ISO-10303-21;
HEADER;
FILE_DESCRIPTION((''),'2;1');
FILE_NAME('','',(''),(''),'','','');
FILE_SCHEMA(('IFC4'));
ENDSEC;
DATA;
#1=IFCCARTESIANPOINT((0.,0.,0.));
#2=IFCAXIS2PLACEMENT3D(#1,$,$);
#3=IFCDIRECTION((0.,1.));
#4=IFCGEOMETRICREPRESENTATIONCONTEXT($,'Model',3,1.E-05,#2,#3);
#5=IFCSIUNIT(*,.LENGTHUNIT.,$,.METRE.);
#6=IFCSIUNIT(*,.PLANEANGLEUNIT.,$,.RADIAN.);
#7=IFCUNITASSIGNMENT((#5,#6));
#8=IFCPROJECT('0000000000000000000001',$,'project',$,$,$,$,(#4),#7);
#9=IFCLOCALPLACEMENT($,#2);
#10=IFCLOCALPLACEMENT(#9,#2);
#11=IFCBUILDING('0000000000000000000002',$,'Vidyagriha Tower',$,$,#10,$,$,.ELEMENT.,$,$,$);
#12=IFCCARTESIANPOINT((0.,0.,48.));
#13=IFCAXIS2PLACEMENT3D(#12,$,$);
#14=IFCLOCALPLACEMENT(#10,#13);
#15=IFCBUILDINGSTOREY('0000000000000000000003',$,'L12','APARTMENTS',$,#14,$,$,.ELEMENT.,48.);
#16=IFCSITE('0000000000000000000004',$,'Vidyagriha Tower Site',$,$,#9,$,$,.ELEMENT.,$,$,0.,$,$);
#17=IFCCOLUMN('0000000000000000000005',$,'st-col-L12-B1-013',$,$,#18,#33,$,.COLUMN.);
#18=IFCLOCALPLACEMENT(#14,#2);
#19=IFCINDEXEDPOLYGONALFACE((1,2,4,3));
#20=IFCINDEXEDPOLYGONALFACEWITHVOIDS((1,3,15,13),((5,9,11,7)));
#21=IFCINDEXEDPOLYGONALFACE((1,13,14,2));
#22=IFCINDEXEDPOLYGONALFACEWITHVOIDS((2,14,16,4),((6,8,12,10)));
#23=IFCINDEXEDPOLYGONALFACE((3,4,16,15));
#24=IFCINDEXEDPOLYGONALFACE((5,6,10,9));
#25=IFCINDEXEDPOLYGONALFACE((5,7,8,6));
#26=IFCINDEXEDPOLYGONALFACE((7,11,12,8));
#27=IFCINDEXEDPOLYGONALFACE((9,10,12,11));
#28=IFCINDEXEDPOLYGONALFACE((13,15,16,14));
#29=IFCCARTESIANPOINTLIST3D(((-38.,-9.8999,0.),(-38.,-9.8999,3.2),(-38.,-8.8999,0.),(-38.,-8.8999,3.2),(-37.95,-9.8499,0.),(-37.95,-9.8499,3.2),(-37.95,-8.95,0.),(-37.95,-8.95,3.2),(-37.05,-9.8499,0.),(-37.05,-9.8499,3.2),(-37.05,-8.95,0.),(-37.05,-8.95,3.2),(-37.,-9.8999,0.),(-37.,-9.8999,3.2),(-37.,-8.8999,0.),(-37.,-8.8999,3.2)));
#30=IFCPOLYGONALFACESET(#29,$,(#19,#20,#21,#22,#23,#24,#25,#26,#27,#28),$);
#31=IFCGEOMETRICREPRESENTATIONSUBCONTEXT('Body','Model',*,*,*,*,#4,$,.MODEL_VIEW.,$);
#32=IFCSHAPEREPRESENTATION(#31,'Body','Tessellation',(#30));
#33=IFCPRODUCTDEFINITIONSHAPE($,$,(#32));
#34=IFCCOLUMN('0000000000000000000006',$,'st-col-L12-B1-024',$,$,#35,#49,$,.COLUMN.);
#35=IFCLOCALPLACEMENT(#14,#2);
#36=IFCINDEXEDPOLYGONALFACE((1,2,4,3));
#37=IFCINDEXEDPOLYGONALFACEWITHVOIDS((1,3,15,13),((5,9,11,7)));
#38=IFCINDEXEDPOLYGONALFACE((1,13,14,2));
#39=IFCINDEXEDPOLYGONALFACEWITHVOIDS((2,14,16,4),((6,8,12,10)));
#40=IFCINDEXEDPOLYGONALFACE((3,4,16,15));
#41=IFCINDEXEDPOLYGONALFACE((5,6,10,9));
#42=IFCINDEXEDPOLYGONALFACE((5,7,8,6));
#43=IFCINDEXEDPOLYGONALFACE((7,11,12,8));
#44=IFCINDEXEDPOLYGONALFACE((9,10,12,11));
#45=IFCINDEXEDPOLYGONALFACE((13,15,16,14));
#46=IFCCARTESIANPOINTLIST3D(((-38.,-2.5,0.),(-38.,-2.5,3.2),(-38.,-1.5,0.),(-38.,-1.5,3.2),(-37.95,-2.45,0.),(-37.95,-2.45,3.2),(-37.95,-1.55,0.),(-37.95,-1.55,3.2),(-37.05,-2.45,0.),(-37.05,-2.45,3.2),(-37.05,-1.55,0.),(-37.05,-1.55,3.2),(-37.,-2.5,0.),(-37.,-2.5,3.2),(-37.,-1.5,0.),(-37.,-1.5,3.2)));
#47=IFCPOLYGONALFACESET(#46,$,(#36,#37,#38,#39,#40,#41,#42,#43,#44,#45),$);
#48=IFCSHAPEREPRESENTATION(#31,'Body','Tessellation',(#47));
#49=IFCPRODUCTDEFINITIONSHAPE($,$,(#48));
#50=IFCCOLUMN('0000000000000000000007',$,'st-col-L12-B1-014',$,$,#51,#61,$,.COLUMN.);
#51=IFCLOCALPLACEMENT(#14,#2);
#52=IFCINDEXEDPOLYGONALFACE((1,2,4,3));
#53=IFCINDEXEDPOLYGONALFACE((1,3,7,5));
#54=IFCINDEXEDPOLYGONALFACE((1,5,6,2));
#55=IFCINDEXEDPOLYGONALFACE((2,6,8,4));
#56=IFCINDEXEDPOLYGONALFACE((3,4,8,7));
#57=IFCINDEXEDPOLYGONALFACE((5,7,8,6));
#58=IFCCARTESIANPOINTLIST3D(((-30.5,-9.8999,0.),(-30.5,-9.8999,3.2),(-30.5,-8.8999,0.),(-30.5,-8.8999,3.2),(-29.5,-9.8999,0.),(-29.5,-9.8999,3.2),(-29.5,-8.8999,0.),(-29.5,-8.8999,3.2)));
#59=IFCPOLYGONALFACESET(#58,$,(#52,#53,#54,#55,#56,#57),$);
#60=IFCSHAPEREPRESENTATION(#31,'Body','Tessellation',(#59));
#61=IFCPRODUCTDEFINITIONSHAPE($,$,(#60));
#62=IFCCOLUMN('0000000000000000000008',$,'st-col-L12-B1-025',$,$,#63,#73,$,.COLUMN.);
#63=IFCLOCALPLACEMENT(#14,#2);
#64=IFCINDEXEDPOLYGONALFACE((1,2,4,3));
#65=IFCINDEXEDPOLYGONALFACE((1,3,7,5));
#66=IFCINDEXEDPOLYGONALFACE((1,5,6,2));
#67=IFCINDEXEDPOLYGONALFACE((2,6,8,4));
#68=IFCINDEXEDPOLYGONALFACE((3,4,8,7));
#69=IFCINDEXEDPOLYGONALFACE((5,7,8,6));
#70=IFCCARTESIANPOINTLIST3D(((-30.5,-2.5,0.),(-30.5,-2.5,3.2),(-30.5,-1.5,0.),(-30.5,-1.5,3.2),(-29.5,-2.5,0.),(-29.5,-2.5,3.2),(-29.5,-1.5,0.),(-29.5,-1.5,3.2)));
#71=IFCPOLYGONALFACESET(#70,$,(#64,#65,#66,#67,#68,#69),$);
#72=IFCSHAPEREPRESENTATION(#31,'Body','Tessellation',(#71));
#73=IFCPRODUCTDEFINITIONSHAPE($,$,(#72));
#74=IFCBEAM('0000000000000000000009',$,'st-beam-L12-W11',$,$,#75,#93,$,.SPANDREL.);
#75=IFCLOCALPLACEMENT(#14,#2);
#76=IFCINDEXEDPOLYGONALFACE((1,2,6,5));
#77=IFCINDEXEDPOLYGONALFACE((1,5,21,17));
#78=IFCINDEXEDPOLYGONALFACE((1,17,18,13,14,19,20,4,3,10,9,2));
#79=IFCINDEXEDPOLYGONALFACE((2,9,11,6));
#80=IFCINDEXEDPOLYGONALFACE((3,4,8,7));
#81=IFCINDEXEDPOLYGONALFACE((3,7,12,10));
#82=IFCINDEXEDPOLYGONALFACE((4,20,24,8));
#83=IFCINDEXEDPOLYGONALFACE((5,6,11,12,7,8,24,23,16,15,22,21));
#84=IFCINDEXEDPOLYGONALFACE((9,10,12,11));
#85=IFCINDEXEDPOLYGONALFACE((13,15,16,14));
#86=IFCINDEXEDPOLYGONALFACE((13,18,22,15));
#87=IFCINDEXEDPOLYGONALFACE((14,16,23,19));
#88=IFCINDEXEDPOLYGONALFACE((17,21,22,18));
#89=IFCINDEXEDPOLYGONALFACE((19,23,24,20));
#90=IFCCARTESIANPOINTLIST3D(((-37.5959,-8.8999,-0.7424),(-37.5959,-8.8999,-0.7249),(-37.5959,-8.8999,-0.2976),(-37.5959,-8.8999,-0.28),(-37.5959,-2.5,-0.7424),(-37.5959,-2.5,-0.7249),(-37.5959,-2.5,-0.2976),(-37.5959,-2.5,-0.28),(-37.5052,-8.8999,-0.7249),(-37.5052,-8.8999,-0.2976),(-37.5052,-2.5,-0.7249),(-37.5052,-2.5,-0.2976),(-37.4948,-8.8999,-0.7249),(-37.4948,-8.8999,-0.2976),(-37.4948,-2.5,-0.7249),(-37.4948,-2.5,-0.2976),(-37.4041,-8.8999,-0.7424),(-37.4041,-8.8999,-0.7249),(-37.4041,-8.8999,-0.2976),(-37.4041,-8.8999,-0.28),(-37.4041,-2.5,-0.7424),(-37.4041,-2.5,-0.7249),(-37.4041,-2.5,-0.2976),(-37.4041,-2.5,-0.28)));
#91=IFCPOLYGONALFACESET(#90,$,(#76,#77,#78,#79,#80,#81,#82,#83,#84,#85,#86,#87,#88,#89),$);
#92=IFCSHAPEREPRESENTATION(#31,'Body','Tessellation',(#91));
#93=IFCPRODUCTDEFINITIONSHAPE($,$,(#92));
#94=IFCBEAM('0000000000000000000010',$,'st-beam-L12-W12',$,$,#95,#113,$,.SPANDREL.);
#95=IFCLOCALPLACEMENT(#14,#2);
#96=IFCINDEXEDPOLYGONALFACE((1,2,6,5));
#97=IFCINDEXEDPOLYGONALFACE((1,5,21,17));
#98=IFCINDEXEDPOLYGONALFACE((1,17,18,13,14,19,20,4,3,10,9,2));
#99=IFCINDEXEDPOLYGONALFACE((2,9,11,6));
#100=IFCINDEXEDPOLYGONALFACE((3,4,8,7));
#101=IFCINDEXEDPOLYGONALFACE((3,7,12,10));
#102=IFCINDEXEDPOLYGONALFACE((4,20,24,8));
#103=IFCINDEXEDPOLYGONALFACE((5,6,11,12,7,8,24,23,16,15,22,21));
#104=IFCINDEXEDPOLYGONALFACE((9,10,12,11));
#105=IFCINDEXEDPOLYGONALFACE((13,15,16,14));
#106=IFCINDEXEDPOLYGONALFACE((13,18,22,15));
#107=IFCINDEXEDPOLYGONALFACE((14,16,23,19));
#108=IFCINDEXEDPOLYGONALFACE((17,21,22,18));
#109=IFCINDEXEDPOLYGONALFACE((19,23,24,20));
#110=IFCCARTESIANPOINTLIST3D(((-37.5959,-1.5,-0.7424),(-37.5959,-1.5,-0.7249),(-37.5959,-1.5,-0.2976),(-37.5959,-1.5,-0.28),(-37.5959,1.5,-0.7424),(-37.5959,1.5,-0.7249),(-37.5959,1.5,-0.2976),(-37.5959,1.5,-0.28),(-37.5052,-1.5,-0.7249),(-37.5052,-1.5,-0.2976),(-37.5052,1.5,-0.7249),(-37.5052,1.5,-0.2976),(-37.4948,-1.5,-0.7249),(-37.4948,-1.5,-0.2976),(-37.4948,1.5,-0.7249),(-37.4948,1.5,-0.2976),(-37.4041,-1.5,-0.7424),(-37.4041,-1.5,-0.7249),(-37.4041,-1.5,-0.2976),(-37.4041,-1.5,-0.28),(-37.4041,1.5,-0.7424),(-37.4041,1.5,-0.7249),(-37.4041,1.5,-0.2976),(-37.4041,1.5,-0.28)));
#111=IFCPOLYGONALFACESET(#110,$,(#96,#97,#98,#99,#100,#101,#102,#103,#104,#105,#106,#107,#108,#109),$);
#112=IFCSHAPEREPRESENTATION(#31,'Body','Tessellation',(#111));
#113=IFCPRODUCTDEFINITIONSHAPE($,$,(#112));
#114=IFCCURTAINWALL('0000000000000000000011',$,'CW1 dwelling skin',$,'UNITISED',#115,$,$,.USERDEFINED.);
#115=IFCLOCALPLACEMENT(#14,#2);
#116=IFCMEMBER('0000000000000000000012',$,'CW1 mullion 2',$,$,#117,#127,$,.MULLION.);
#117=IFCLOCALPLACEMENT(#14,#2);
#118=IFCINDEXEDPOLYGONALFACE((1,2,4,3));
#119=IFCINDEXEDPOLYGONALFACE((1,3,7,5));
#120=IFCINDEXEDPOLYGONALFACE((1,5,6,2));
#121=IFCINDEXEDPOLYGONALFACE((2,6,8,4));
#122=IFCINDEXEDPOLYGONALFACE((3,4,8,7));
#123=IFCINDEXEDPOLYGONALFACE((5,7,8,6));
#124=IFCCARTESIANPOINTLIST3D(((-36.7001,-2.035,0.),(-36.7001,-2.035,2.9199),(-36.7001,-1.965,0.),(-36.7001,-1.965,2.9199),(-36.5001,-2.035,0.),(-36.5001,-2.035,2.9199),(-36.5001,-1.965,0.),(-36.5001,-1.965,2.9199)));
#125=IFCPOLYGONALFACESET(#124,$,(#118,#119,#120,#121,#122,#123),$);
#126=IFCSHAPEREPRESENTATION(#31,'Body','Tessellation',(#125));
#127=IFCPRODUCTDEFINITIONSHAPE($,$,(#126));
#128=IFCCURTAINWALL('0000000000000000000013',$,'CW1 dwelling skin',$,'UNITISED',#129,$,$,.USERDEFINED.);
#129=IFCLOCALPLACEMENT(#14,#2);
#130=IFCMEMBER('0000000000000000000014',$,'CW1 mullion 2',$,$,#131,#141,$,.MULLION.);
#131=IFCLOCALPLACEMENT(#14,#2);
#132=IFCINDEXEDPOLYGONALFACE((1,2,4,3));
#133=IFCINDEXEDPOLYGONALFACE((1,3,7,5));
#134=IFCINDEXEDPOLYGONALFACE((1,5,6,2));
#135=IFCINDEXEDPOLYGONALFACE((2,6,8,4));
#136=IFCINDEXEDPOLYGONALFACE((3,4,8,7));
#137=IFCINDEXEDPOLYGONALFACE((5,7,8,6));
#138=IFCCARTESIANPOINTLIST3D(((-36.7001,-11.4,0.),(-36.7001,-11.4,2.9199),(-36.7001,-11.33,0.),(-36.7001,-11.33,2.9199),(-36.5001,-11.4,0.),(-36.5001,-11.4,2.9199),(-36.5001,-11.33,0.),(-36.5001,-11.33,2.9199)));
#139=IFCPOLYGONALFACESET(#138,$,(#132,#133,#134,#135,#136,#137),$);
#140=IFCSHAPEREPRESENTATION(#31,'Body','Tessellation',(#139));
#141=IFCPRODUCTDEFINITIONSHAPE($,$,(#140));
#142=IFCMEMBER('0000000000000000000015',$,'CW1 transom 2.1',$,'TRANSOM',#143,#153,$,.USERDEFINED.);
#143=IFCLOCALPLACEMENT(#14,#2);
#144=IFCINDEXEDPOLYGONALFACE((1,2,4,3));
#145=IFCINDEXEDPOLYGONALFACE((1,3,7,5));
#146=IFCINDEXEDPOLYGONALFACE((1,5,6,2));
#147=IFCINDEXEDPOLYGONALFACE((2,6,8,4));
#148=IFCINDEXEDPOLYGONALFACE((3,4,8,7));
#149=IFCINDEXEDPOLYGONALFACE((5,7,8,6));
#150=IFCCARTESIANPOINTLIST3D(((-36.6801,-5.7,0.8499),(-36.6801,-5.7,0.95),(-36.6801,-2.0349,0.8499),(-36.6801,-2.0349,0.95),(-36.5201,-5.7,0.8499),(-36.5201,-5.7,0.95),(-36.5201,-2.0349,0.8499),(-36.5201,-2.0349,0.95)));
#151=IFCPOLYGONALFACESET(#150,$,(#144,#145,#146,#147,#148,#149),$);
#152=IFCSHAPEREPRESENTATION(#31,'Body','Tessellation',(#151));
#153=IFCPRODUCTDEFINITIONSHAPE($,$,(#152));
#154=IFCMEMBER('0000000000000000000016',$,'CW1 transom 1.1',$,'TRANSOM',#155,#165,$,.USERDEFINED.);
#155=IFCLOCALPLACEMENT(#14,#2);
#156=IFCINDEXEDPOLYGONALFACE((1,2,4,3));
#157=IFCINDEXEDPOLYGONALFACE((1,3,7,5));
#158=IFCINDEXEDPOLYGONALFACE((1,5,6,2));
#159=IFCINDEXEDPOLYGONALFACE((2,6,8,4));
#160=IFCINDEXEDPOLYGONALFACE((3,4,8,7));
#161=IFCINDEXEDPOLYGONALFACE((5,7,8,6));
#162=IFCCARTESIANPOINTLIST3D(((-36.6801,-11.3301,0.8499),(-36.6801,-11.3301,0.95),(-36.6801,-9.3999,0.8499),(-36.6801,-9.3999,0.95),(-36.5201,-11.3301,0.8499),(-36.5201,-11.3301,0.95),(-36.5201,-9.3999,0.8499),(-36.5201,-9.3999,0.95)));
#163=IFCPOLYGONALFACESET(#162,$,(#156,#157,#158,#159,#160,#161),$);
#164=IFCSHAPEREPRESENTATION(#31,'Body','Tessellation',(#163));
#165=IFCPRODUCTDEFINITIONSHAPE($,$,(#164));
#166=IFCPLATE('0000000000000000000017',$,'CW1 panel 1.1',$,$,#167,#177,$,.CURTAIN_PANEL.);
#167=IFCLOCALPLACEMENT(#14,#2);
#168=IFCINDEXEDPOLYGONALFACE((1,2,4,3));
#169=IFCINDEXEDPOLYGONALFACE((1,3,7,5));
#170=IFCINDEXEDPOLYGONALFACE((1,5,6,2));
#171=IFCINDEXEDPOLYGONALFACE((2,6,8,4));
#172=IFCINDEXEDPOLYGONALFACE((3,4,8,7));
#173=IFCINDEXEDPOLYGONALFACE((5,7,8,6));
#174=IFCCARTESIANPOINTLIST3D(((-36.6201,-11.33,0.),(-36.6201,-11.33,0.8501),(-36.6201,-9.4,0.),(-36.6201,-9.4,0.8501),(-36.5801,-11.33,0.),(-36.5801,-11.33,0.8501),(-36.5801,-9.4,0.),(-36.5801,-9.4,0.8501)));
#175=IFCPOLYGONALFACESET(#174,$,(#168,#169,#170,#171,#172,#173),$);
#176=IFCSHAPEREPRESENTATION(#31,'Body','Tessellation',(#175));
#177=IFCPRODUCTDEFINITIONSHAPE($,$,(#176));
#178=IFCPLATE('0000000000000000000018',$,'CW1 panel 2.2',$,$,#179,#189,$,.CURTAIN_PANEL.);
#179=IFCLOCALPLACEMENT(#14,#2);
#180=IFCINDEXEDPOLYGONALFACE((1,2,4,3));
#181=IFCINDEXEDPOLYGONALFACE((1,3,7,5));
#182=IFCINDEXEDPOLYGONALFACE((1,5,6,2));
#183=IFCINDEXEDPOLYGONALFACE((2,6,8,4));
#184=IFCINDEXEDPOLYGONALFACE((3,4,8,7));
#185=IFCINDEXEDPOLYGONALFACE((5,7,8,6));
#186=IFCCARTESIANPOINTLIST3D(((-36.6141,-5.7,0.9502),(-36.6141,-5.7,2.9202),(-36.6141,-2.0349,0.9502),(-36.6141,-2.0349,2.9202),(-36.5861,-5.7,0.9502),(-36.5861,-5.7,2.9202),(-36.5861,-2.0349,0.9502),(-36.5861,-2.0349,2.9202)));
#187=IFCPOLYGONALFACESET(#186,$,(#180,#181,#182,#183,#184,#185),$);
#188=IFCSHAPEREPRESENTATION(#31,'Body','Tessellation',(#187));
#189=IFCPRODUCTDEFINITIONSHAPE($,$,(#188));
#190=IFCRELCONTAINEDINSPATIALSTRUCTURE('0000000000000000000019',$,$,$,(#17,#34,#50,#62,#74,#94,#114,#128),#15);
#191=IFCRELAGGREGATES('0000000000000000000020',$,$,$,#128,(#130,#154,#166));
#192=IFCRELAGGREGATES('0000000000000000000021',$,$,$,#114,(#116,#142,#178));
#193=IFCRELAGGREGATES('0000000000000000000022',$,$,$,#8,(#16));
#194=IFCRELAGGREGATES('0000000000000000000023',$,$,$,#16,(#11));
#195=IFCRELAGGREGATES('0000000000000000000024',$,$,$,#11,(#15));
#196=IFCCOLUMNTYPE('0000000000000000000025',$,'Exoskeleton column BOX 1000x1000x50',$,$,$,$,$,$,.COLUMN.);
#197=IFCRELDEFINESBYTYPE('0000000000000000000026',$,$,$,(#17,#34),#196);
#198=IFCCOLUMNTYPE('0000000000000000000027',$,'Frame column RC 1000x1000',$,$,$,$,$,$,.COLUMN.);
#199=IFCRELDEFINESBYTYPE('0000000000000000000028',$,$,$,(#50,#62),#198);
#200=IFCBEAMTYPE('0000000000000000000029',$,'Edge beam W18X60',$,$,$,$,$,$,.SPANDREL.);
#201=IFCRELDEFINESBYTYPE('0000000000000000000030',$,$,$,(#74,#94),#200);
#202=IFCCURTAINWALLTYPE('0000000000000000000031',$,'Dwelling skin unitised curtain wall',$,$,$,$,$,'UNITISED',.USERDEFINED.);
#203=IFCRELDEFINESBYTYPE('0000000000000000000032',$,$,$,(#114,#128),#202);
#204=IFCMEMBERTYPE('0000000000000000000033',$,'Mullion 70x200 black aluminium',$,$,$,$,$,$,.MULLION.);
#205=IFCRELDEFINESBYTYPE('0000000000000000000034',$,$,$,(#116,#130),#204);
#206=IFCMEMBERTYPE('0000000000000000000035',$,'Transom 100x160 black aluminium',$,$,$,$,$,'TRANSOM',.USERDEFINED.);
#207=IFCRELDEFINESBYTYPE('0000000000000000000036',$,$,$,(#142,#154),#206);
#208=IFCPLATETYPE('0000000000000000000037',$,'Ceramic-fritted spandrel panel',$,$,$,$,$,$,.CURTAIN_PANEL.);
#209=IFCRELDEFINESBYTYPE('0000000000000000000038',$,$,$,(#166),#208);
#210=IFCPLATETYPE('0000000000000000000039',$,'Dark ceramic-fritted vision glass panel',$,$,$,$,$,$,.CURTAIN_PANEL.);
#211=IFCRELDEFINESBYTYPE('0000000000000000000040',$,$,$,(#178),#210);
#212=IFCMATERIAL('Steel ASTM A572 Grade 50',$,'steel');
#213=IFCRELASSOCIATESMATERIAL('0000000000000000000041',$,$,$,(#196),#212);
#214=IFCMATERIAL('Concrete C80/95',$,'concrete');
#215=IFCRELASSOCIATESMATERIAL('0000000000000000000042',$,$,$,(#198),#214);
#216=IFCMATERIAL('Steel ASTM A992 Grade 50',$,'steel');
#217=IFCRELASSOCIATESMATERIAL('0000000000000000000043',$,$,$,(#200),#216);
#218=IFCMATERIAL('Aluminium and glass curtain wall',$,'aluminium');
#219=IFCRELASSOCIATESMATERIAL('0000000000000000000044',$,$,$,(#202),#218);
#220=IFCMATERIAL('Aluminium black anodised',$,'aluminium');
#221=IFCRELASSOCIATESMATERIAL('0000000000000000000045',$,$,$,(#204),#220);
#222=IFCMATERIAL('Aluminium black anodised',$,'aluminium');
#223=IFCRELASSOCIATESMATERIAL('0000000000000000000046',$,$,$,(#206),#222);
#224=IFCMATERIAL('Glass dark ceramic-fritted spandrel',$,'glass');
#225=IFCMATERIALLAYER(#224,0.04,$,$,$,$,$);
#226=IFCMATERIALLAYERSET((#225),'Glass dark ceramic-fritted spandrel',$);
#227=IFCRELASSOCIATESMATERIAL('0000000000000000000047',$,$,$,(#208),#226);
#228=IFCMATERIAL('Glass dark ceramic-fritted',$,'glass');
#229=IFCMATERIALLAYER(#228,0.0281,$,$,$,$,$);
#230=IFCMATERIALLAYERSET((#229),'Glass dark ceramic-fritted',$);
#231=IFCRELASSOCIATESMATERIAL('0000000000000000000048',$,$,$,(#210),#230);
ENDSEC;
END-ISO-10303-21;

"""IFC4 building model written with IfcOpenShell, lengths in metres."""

from ifc_helpers import new_model, si_unit, direction, frame, origin, origin_2d, place, context, subcontext, project, spatial, rectangle, hollow_rectangle, i_section, extrude, material, layer, layer_set, material_profile, profile_set, type_object, element, aggregate, save


model = new_model("IFC4")

# Units and contexts
model_context = context("Model", 3, precision=1e-05, world=origin(), true_north=direction((0.0, 1.0)))
body_context = subcontext(model_context, "Body", "Model", "MODEL_VIEW")
ifc_project = project(units=[si_unit("LENGTHUNIT", "METRE"), si_unit("PLANEANGLEUNIT", "RADIAN")], contexts=[model_context])

# Site, building, storey
site_placement = place(None, origin())
site = spatial("IfcSite", under=ifc_project, at=site_placement, Name="Vidyagriha Tower Site", CompositionType="ELEMENT", RefElevation=0.0)
building_placement = place(site_placement, origin())
building = spatial("IfcBuilding", under=site, at=building_placement, Name="Vidyagriha Tower", CompositionType="ELEMENT")
storey_placement = place(building_placement, frame((0.0, 0.0, 48.0)))
storey = spatial("IfcBuildingStorey", under=building, at=storey_placement, Name="L12", Description="APARTMENTS", CompositionType="ELEMENT", Elevation=48.0)

# Columns
ifc_material_1 = material(Name="Steel ASTM A572 Grade 50", Category="steel")
ifc_material_profile_1 = material_profile(ifc_material_1, hollow_rectangle(XDim=1.0, YDim=1.0, WallThickness=0.05, at=origin_2d()), Name="BOX 1000x1000x50")
ifc_profile_set_1 = profile_set([ifc_material_profile_1], Name="Steel ASTM A572 Grade 50")
column_type_1 = type_object("IfcColumnType", Name="Exoskeleton column BOX 1000x1000x50", PredefinedType="COLUMN", material=ifc_profile_set_1)
for number, where, name in (
    (1, (-37.5, -9.3999, 0.0), "st-col-L12-B1-013"),
    (2, (-37.5, -2.0, 0.0), "st-col-L12-B1-024"),
):
    element("IfcColumn", number, at=place(storey_placement, frame(where)), inside=storey, type_object=column_type_1, Name=name, PredefinedType="COLUMN", context=body_context, shape_type="SweptSolid", body=[
        extrude(hollow_rectangle(XDim=1.0, YDim=1.0, WallThickness=0.05, at=origin_2d()), origin(), (0.0, 0.0, 1.0), 3.2),
    ])
ifc_material_2 = material(Name="Concrete C80/95", Category="concrete")
ifc_material_profile_2 = material_profile(ifc_material_2, rectangle(XDim=1.0, YDim=1.0, at=origin_2d()), Name="RC 1000x1000")
ifc_profile_set_2 = profile_set([ifc_material_profile_2], Name="Concrete C80/95")
column_type_2 = type_object("IfcColumnType", Name="Frame column RC 1000x1000", PredefinedType="COLUMN", material=ifc_profile_set_2)
for number, where, name in (
    (3, (-30.0, -9.3999, 0.0), "st-col-L12-B1-014"),
    (4, (-30.0, -2.0, 0.0), "st-col-L12-B1-025"),
):
    element("IfcColumn", number, at=place(storey_placement, frame(where)), inside=storey, type_object=column_type_2, Name=name, PredefinedType="COLUMN", context=body_context, shape_type="SweptSolid", body=[
        extrude(rectangle(XDim=1.0, YDim=1.0, at=origin_2d()), origin(), (0.0, 0.0, 1.0), 3.2),
    ])

# Beams
ifc_material_3 = material(Name="Steel ASTM A992 Grade 50", Category="steel")
ifc_material_profile_3 = material_profile(ifc_material_3, i_section(OverallWidth=0.1919, OverallDepth=0.4624, WebThickness=0.0105, FlangeThickness=0.0176, at=origin_2d()), Name="W18X60")
ifc_profile_set_3 = profile_set([ifc_material_profile_3], Name="Steel ASTM A992 Grade 50")
beam_type = type_object("IfcBeamType", Name="Edge beam W18X60", PredefinedType="SPANDREL", material=ifc_profile_set_3)
beam_1_placement = place(storey_placement, frame((-37.5, -8.8999, -0.5112), z_axis=(0.0, 1.0, 0.0), x_axis=(-1.0, 0.0, 0.0)))
element("IfcBeam", 5, at=beam_1_placement, inside=storey, type_object=beam_type, Name="st-beam-L12-W11", PredefinedType="SPANDREL", context=body_context, shape_type="SweptSolid", body=[
    extrude(i_section(OverallWidth=0.1919, OverallDepth=0.4624, WebThickness=0.0105, FlangeThickness=0.0176, at=origin_2d()), origin(), (0.0, 0.0, 1.0), 6.3999),
])
beam_2_placement = place(storey_placement, frame((-37.5, -1.5, -0.5112), z_axis=(0.0, 1.0, 0.0), x_axis=(-1.0, 0.0, 0.0)))
element("IfcBeam", 6, at=beam_2_placement, inside=storey, type_object=beam_type, Name="st-beam-L12-W12", PredefinedType="SPANDREL", context=body_context, shape_type="SweptSolid", body=[
    extrude(i_section(OverallWidth=0.1919, OverallDepth=0.4624, WebThickness=0.0105, FlangeThickness=0.0176, at=origin_2d()), origin(), (0.0, 0.0, 1.0), 3.0),
])

# Curtain walls, members
ifc_material_4 = material(Name="Aluminium and glass curtain wall", Category="aluminium")
curtain_wall_type = type_object("IfcCurtainWallType", Name="Dwelling skin unitised curtain wall", ElementType="UNITISED", PredefinedType="USERDEFINED", material=ifc_material_4)
curtain_wall_1_placement = place(storey_placement, origin())
curtain_wall_1 = element("IfcCurtainWall", 7, at=curtain_wall_1_placement, inside=storey, type_object=curtain_wall_type, Name="CW1 dwelling skin", ObjectType="UNITISED", PredefinedType="USERDEFINED")
ifc_material_5 = material(Name="Aluminium black anodised", Category="aluminium")
ifc_material_profile_4 = material_profile(ifc_material_5, rectangle(XDim=0.2, YDim=0.0701, at=origin_2d()), Name="Mullion 70x200 black aluminium")
ifc_profile_set_4 = profile_set([ifc_material_profile_4], Name="Aluminium black anodised")
member_type_1 = type_object("IfcMemberType", Name="Mullion 70x200 black aluminium", PredefinedType="MULLION", material=ifc_profile_set_4)
member_1_placement = place(storey_placement, frame((-36.6001, -2.0, 0.0)))
member_1 = element("IfcMember", 8, at=member_1_placement, type_object=member_type_1, Name="CW1 mullion 2", PredefinedType="MULLION", context=body_context, shape_type="SweptSolid", body=[
    extrude(rectangle(XDim=0.2, YDim=0.0701, at=origin_2d()), origin(), (0.0, 0.0, 1.0), 2.9199),
])
curtain_wall_2_placement = place(storey_placement, origin())
curtain_wall_2 = element("IfcCurtainWall", 9, at=curtain_wall_2_placement, inside=storey, type_object=curtain_wall_type, Name="CW1 dwelling skin", ObjectType="UNITISED", PredefinedType="USERDEFINED")
member_2_placement = place(storey_placement, frame((-36.6001, -11.365, 0.0)))
member_2 = element("IfcMember", 10, at=member_2_placement, type_object=member_type_1, Name="CW1 mullion 2", PredefinedType="MULLION", context=body_context, shape_type="SweptSolid", body=[
    extrude(rectangle(XDim=0.2, YDim=0.0701, at=origin_2d()), origin(), (0.0, 0.0, 1.0), 2.9199),
])

# Members
ifc_material_6 = material(Name="Aluminium black anodised", Category="aluminium")
ifc_material_profile_5 = material_profile(ifc_material_6, rectangle(XDim=0.1599, YDim=0.1001, at=origin_2d()), Name="Transom 100x160 black aluminium")
ifc_profile_set_5 = profile_set([ifc_material_profile_5], Name="Aluminium black anodised")
member_type_2 = type_object("IfcMemberType", Name="Transom 100x160 black aluminium", ElementType="TRANSOM", PredefinedType="USERDEFINED", material=ifc_profile_set_5)
member_3_placement = place(storey_placement, frame((-36.6001, -2.0349, 0.8999), z_axis=(0.0, -1.0, 0.0), x_axis=(1.0, 0.0, 0.0)))
member_3 = element("IfcMember", 11, at=member_3_placement, type_object=member_type_2, Name="CW1 transom 2.1", ObjectType="TRANSOM", PredefinedType="USERDEFINED", context=body_context, shape_type="SweptSolid", body=[
    extrude(rectangle(XDim=0.1599, YDim=0.1001, at=origin_2d()), origin(), (0.0, 0.0, 1.0), 3.665),
])
member_4_placement = place(storey_placement, frame((-36.6001, -9.3999, 0.8999), z_axis=(0.0, -1.0, 0.0), x_axis=(1.0, 0.0, 0.0)))
member_4 = element("IfcMember", 12, at=member_4_placement, type_object=member_type_2, Name="CW1 transom 1.1", ObjectType="TRANSOM", PredefinedType="USERDEFINED", context=body_context, shape_type="SweptSolid", body=[
    extrude(rectangle(XDim=0.1599, YDim=0.1001, at=origin_2d()), origin(), (0.0, 0.0, 1.0), 1.9302),
])

# Plates
ifc_material_7 = material(Name="Glass dark ceramic-fritted spandrel", Category="glass")
ifc_layer_1 = layer(ifc_material_7, 0.04)
ifc_layer_set_1 = layer_set([ifc_layer_1], Name="Glass dark ceramic-fritted spandrel")
plate_type_1 = type_object("IfcPlateType", Name="Ceramic-fritted spandrel panel", PredefinedType="CURTAIN_PANEL", material=ifc_layer_set_1)
plate_1_placement = place(storey_placement, frame((-36.6001, -10.365, 0.0), z_axis=(0.0, 0.0, 1.0), x_axis=(0.0, -1.0, 0.0)))
plate_1 = element("IfcPlate", 13, at=plate_1_placement, type_object=plate_type_1, Name="CW1 panel 1.1", PredefinedType="CURTAIN_PANEL", context=body_context, shape_type="SweptSolid", body=[
    extrude(rectangle(XDim=1.9299, YDim=0.04, at=origin_2d()), origin(), (0.0, 0.0, 1.0), 0.8501),
])
ifc_material_8 = material(Name="Glass dark ceramic-fritted", Category="glass")
ifc_layer_2 = layer(ifc_material_8, 0.0281)
ifc_layer_set_2 = layer_set([ifc_layer_2], Name="Glass dark ceramic-fritted")
plate_type_2 = type_object("IfcPlateType", Name="Dark ceramic-fritted vision glass panel", PredefinedType="CURTAIN_PANEL", material=ifc_layer_set_2)
plate_2_placement = place(storey_placement, frame((-36.6001, -3.8674, 0.9502), z_axis=(0.0, 0.0, 1.0), x_axis=(0.0, -1.0, 0.0)))
plate_2 = element("IfcPlate", 14, at=plate_2_placement, type_object=plate_type_2, Name="CW1 panel 2.2", PredefinedType="CURTAIN_PANEL", context=body_context, shape_type="SweptSolid", body=[
    extrude(rectangle(XDim=3.665, YDim=0.0281, at=origin_2d()), origin(), (0.0, 0.0, 1.0), 1.97),
])
aggregate(curtain_wall_2, [member_2, member_4, plate_1])
aggregate(curtain_wall_1, [member_1, member_3, plate_2])

save(model, "model.ifc")
